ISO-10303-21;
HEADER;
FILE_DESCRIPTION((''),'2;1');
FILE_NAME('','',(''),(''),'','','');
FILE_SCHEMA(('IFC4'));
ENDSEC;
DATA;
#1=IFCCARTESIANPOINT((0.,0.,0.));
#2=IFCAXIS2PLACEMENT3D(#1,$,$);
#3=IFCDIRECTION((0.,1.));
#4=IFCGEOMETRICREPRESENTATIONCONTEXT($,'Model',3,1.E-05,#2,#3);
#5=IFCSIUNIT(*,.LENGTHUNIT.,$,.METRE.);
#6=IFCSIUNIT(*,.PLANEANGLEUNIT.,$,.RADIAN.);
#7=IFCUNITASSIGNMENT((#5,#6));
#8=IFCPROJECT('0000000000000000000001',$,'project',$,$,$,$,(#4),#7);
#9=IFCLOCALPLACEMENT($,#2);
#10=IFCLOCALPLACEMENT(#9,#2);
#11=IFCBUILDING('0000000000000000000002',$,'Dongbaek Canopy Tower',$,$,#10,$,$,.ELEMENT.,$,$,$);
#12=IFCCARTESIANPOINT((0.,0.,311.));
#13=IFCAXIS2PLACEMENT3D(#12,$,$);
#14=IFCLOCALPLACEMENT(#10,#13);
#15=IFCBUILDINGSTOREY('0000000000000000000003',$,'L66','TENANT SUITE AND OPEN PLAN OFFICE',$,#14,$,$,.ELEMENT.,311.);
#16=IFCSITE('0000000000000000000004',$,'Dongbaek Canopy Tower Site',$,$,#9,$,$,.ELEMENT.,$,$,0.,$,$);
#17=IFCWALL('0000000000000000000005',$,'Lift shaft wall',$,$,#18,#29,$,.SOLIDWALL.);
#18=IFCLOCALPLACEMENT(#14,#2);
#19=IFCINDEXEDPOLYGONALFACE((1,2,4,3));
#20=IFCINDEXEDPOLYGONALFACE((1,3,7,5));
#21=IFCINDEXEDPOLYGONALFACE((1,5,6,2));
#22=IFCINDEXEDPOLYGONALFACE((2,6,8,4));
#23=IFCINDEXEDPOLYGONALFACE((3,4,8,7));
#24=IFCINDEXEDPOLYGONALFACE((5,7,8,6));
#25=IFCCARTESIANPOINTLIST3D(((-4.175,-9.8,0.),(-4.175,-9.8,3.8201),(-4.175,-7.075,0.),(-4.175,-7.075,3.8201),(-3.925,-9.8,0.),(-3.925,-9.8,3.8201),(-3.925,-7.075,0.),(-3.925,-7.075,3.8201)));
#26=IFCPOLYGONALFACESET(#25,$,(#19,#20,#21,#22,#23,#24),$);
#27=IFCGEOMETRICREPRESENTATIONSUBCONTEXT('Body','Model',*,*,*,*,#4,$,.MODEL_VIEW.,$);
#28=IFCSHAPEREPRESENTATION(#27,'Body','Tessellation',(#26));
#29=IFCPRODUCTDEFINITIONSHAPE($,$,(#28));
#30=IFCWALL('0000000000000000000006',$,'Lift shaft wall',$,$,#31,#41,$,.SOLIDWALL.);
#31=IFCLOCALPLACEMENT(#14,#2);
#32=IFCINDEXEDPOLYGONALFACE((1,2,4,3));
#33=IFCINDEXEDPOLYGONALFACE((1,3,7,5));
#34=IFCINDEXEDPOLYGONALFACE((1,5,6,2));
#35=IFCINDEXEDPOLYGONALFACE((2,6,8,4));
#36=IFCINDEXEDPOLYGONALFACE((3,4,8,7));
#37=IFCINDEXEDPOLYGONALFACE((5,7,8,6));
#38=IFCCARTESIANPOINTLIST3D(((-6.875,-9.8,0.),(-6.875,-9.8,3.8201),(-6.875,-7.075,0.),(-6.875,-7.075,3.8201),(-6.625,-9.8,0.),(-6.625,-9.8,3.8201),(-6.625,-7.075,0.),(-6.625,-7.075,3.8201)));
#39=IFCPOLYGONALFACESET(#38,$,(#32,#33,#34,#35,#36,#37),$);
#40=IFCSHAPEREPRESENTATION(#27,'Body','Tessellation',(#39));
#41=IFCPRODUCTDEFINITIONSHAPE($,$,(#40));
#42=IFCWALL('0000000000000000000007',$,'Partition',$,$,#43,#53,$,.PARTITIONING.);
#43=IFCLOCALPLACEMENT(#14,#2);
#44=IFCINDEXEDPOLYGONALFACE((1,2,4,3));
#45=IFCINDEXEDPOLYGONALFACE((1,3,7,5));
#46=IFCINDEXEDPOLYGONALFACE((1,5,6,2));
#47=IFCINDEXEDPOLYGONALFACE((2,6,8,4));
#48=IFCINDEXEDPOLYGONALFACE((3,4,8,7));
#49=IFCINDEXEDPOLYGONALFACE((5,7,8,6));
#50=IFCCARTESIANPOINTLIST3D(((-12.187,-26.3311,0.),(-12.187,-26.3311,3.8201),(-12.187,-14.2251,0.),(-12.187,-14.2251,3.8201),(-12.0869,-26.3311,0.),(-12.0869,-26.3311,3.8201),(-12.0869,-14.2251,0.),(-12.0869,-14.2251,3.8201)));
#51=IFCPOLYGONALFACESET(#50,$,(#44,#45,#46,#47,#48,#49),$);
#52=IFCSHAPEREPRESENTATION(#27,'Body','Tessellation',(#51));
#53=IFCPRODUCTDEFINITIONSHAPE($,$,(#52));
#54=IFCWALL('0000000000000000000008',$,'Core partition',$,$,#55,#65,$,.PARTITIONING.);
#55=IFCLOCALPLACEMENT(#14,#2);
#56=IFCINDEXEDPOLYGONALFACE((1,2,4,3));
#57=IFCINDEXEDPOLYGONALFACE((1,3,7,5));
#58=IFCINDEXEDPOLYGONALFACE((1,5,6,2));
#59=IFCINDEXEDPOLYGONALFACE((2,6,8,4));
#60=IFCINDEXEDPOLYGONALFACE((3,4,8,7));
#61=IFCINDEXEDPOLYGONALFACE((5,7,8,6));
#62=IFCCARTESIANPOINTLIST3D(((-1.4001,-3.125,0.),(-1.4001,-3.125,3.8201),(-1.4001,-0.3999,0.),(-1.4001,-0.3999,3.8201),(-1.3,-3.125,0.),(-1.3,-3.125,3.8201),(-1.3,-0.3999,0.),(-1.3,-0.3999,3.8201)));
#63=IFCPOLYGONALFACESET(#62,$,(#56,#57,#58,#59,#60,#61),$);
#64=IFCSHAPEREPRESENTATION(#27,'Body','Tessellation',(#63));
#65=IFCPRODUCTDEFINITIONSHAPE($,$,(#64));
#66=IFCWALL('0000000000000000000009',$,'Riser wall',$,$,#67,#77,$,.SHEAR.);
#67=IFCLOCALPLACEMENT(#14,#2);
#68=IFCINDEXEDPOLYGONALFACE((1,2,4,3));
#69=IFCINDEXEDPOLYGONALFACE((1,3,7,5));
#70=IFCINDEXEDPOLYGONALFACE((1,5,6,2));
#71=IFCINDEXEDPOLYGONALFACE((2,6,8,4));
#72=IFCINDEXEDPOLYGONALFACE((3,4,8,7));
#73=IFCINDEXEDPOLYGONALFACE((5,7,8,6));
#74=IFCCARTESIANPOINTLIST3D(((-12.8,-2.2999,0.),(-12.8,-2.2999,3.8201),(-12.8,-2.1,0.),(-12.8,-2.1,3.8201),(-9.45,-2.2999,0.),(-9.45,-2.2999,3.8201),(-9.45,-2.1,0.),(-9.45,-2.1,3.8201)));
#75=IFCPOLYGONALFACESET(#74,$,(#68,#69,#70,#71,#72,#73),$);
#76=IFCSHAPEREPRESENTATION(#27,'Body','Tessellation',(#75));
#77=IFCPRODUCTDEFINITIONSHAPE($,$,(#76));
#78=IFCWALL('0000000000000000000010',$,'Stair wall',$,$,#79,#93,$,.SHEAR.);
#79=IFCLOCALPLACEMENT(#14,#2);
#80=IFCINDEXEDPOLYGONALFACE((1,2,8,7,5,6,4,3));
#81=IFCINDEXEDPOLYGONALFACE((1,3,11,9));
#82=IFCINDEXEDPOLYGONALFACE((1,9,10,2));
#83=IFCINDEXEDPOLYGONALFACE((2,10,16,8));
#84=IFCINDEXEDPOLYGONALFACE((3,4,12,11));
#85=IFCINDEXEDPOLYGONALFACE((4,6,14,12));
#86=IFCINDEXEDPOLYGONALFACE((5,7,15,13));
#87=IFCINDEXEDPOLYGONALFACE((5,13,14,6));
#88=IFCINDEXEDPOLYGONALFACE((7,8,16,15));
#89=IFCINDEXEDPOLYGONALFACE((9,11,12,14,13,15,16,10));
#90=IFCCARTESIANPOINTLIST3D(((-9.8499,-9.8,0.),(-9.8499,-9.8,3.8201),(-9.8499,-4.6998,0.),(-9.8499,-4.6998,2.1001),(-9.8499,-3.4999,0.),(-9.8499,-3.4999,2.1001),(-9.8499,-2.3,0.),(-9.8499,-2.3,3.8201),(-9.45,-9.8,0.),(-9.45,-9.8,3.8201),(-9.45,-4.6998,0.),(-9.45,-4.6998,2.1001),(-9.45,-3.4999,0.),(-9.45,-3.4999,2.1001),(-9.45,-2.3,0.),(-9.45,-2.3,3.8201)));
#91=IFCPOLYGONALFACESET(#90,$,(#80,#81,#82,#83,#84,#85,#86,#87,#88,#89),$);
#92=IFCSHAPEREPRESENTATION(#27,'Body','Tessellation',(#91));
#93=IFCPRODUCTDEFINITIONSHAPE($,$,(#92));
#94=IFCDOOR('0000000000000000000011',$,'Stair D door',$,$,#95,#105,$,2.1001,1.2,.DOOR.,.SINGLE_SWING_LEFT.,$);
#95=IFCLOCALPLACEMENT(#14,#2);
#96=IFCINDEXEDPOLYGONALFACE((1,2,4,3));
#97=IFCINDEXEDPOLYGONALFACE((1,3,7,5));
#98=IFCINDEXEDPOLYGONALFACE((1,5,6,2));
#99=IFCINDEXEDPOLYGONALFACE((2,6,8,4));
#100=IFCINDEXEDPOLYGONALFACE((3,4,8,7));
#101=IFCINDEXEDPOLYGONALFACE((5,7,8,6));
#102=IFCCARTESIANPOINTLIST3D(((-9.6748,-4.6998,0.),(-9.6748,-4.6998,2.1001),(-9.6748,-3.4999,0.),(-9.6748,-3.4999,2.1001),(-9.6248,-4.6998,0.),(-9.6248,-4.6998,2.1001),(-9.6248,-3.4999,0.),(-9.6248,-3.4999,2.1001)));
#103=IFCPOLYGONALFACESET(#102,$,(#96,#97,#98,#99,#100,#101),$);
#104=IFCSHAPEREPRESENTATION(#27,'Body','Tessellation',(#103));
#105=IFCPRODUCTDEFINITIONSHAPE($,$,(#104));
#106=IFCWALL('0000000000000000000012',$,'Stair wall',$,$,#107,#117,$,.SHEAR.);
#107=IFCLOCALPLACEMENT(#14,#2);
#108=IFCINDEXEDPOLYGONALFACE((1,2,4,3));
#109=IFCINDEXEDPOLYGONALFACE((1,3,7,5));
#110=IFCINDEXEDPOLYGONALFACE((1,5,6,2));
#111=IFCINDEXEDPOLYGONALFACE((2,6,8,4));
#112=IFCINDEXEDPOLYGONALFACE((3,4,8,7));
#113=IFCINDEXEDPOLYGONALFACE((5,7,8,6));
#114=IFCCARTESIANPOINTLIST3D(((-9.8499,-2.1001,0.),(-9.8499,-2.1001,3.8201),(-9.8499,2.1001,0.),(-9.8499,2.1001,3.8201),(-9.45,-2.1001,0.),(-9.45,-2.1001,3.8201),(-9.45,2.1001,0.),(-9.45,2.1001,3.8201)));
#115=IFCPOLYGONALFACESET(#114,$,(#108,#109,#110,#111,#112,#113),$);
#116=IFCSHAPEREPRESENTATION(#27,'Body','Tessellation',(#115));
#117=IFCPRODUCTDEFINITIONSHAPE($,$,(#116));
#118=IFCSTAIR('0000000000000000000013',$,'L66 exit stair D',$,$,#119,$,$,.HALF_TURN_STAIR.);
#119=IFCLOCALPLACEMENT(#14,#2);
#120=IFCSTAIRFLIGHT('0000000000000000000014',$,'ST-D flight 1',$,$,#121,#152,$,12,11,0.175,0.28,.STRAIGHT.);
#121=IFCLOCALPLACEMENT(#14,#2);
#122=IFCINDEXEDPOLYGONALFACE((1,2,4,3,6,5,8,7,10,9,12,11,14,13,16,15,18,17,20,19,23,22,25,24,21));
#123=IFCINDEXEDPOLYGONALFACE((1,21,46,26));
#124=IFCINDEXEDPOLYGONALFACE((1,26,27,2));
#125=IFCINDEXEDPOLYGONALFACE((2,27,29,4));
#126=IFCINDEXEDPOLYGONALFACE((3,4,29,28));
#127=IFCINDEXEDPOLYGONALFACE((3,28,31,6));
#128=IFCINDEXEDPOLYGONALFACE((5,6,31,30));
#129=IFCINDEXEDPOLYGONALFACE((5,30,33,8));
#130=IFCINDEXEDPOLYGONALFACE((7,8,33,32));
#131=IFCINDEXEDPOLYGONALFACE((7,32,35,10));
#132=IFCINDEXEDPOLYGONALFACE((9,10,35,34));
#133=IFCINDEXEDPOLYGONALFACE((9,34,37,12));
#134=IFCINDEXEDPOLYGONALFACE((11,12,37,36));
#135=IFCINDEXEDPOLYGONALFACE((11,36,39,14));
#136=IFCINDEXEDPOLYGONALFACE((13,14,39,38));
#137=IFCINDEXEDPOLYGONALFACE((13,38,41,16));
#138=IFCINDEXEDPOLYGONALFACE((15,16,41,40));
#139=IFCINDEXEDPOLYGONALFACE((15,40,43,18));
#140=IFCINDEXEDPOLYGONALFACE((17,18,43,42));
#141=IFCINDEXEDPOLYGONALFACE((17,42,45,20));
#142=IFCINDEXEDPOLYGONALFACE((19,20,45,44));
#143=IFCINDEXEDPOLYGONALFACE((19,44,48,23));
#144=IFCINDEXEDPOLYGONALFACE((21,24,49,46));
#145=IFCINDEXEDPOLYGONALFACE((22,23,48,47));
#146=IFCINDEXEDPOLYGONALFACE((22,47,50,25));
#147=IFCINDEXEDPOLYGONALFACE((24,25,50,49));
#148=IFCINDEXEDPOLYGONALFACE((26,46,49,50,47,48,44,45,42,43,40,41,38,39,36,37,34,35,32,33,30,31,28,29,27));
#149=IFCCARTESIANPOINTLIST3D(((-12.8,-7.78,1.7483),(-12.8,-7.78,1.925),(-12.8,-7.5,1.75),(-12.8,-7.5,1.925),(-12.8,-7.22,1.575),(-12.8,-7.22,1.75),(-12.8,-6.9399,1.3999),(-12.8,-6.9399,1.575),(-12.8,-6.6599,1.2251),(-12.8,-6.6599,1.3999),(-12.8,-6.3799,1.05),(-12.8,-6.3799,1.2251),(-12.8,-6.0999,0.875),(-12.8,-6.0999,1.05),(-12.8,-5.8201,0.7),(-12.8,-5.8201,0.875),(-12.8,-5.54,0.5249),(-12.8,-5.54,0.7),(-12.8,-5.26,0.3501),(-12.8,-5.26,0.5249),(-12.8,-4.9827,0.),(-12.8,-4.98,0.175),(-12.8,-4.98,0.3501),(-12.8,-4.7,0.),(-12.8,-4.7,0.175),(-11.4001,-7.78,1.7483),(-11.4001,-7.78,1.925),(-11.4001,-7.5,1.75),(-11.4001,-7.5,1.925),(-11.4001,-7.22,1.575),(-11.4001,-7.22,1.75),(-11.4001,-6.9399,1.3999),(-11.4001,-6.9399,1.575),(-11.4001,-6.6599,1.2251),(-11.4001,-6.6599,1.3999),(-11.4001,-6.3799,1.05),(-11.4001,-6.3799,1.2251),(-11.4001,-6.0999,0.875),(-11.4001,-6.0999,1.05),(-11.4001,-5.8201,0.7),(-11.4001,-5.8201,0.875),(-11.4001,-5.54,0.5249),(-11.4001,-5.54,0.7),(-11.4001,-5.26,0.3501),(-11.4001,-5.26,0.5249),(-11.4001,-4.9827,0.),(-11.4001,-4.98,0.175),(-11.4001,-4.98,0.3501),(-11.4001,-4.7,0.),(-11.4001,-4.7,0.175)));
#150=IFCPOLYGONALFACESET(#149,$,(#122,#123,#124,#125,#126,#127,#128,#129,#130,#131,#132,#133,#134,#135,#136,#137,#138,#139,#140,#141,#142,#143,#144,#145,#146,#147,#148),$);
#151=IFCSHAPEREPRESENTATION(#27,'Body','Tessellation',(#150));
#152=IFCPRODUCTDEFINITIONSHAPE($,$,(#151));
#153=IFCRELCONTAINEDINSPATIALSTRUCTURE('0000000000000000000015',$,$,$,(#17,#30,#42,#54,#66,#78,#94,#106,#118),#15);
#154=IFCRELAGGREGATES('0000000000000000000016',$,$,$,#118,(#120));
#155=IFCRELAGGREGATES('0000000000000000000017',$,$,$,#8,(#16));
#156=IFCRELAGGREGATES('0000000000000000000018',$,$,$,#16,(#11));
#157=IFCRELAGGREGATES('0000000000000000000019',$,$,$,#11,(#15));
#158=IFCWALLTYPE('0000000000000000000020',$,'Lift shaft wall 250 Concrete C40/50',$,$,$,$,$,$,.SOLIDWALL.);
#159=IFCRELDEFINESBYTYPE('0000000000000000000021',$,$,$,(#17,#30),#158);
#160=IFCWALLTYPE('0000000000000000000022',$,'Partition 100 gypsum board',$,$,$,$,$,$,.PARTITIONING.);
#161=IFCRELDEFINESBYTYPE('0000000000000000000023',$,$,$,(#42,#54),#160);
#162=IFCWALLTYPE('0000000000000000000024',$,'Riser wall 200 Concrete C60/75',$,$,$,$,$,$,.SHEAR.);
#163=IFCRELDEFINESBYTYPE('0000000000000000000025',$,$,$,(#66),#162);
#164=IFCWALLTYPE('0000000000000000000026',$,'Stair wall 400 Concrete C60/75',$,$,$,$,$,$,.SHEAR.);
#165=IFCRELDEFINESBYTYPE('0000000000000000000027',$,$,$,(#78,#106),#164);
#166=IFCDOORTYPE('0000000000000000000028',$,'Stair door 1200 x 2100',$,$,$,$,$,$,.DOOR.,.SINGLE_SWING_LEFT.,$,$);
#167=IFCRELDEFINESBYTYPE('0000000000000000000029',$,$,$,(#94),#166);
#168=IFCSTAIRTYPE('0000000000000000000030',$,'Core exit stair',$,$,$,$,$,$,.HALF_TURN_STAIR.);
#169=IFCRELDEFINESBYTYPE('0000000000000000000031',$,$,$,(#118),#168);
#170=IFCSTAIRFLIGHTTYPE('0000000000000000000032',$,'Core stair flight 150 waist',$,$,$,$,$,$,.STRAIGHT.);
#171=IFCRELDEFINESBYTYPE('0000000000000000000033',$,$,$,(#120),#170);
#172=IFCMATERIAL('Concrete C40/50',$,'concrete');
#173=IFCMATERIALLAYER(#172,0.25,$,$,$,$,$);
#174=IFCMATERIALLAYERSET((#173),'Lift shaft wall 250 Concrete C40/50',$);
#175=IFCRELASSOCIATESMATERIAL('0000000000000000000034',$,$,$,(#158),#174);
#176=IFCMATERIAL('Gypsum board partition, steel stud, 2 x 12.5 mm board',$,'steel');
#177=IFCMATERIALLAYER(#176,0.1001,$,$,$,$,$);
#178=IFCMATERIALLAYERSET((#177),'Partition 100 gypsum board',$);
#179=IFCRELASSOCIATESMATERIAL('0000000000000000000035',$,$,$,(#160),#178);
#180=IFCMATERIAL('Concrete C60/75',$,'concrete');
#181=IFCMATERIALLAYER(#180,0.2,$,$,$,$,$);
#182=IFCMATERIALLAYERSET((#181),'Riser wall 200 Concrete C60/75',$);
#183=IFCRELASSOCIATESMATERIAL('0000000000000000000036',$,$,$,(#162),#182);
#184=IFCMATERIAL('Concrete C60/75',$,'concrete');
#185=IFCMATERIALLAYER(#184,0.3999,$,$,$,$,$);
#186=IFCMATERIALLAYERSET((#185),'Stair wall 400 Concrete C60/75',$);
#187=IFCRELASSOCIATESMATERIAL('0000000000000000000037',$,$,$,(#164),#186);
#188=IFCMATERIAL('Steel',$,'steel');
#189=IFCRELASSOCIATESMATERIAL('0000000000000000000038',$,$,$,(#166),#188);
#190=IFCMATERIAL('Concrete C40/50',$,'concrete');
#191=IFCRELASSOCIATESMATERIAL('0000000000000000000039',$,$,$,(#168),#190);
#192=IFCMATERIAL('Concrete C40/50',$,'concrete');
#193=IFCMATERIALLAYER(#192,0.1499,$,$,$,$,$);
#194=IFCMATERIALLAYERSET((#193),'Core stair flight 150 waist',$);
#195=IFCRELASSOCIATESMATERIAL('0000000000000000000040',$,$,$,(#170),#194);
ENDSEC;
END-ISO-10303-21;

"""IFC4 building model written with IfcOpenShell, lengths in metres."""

from ifc_helpers import new_model, si_unit, direction, frame, frame_2d, origin, place, context, subcontext, project, spatial, polyline, rectangle, outline, extrude, material, layer, layer_set, type_object, element, fill, aggregate, save


model = new_model("IFC4")

# Units and contexts
model_context = context("Model", 3, precision=1e-05, world=origin(), true_north=direction((0.0, 1.0)))
body_context = subcontext(model_context, "Body", "Model", "MODEL_VIEW")
ifc_project = project(units=[si_unit("LENGTHUNIT", "METRE"), si_unit("PLANEANGLEUNIT", "RADIAN")], contexts=[model_context])

# Site, building, storey
site_placement = place(None, origin())
site = spatial("IfcSite", under=ifc_project, at=site_placement, Name="Dongbaek Canopy Tower Site", CompositionType="ELEMENT", RefElevation=0.0)
building_placement = place(site_placement, origin())
building = spatial("IfcBuilding", under=site, at=building_placement, Name="Dongbaek Canopy Tower", CompositionType="ELEMENT")
storey_placement = place(building_placement, frame((0.0, 0.0, 311.0)))
storey = spatial("IfcBuildingStorey", under=building, at=storey_placement, Name="L66", Description="TENANT SUITE AND OPEN PLAN OFFICE", CompositionType="ELEMENT", Elevation=311.0)

# Walls
ifc_material_1 = material(Name="Concrete C40/50", Category="concrete")
ifc_layer_1 = layer(ifc_material_1, 0.25)
ifc_layer_set_1 = layer_set([ifc_layer_1], Name="Lift shaft wall 250 Concrete C40/50")
wall_type_1 = type_object("IfcWallType", Name="Lift shaft wall 250 Concrete C40/50", PredefinedType="SOLIDWALL", material=ifc_layer_set_1)
for number, where, z_axis, x_axis, name in (
    (1, (-4.05, -9.8, 0.0), (0.0, 0.0, 1.0), (0.0, 1.0, 0.0), "Lift shaft wall"),
    (2, (-6.75, -9.8, 0.0), (0.0, 0.0, 1.0), (0.0, 1.0, 0.0), "Lift shaft wall"),
):
    element("IfcWall", number, at=place(storey_placement, frame(where, z_axis=z_axis, x_axis=x_axis)), inside=storey, type_object=wall_type_1, Name=name, PredefinedType="SOLIDWALL", context=body_context, shape_type="SweptSolid", body=[
        extrude(rectangle(XDim=2.7251, YDim=0.25, at=frame_2d((1.3625, 0.0))), origin(), (0.0, 0.0, 1.0), 3.8201),
    ])
ifc_material_2 = material(Name="Gypsum board partition, steel stud, 2 x 12.5 mm board", Category="steel")
ifc_layer_2 = layer(ifc_material_2, 0.1001)
ifc_layer_set_2 = layer_set([ifc_layer_2], Name="Partition 100 gypsum board")
wall_type_2 = type_object("IfcWallType", Name="Partition 100 gypsum board", PredefinedType="PARTITIONING", material=ifc_layer_set_2)
wall_1_placement = place(storey_placement, frame((-12.137, -26.3311, 0.0), z_axis=(0.0, 0.0, 1.0), x_axis=(0.0, 1.0, 0.0)))
element("IfcWall", 3, at=wall_1_placement, inside=storey, type_object=wall_type_2, Name="Partition", PredefinedType="PARTITIONING", context=body_context, shape_type="SweptSolid", body=[
    extrude(rectangle(XDim=12.106, YDim=0.1001, at=frame_2d((6.053, 0.0))), origin(), (0.0, 0.0, 1.0), 3.8201),
])
wall_2_placement = place(storey_placement, frame((-1.3501, -3.125, 0.0), z_axis=(0.0, 0.0, 1.0), x_axis=(0.0, 1.0, 0.0)))
element("IfcWall", 4, at=wall_2_placement, inside=storey, type_object=wall_type_2, Name="Core partition", PredefinedType="PARTITIONING", context=body_context, shape_type="SweptSolid", body=[
    extrude(rectangle(XDim=2.7251, YDim=0.1001, at=frame_2d((1.3625, 0.0))), origin(), (0.0, 0.0, 1.0), 3.8201),
])
ifc_material_3 = material(Name="Concrete C60/75", Category="concrete")
ifc_layer_3 = layer(ifc_material_3, 0.2)
ifc_layer_set_3 = layer_set([ifc_layer_3], Name="Riser wall 200 Concrete C60/75")
wall_type_3 = type_object("IfcWallType", Name="Riser wall 200 Concrete C60/75", PredefinedType="SHEAR", material=ifc_layer_set_3)
wall_3_placement = place(storey_placement, frame((-9.45, -2.2, 0.0), z_axis=(0.0, 0.0, 1.0), x_axis=(-1.0, 0.0, 0.0)))
element("IfcWall", 5, at=wall_3_placement, inside=storey, type_object=wall_type_3, Name="Riser wall", PredefinedType="SHEAR", context=body_context, shape_type="SweptSolid", body=[
    extrude(rectangle(XDim=3.3501, YDim=0.2, at=frame_2d((1.675, 0.0))), origin(), (0.0, 0.0, 1.0), 3.8201),
])

# Wall, opening, door
ifc_material_4 = material(Name="Concrete C60/75", Category="concrete")
ifc_layer_4 = layer(ifc_material_4, 0.3999)
ifc_layer_set_4 = layer_set([ifc_layer_4], Name="Stair wall 400 Concrete C60/75")
wall_type_4 = type_object("IfcWallType", Name="Stair wall 400 Concrete C60/75", PredefinedType="SHEAR", material=ifc_layer_set_4)
wall_4_placement = place(storey_placement, frame((-9.6499, -9.8, 0.0), z_axis=(0.0, 0.0, 1.0), x_axis=(0.0, 1.0, 0.0)))
wall_4 = element("IfcWall", 6, at=wall_4_placement, inside=storey, type_object=wall_type_4, Name="Stair wall", PredefinedType="SHEAR", context=body_context, shape_type="SweptSolid", body=[
    extrude(rectangle(XDim=7.5, YDim=0.3999, at=frame_2d((3.75, 0.0))), origin(), (0.0, 0.0, 1.0), 3.8201),
])
opening_1_placement = place(wall_4_placement, frame((5.1001, 0.0, 0.0)))
opening_1 = element("IfcOpeningElement", 7, at=opening_1_placement, cuts=wall_4, PredefinedType="OPENING", context=body_context, shape_type="SweptSolid", body=[
    extrude(rectangle(XDim=1.2, YDim=2.1001, at=frame_2d((0.6001, 1.05))), frame((0.0, 0.21, 0.0), z_axis=(0.0, -1.0, 0.0), x_axis=(1.0, 0.0, 0.0)), (0.0, 0.0, 1.0), 0.4199),
])
ifc_material_5 = material(Name="Steel", Category="steel")
door_type_1 = type_object("IfcDoorType", Name="Stair door 1200 x 2100", OperationType="SINGLE_SWING_LEFT", PredefinedType="DOOR", material=ifc_material_5)
door_1_placement = place(opening_1_placement, origin())
door_1 = element("IfcDoor", 8, at=door_1_placement, inside=storey, type_object=door_type_1, Name="Stair D door", OperationType="SINGLE_SWING_LEFT", OverallHeight=2.1001, OverallWidth=1.2, PredefinedType="DOOR", context=body_context, shape_type="SweptSolid", body=[
    extrude(rectangle(XDim=1.2, YDim=2.1001, at=frame_2d((0.6001, 1.05))), frame((0.0, 0.0249, 0.0), z_axis=(0.0, -1.0, 0.0), x_axis=(1.0, 0.0, 0.0)), (0.0, 0.0, 1.0), 0.05),
])
fill(opening_1, door_1)

# Wall
wall_5_placement = place(storey_placement, frame((-9.6499, -2.1001, 0.0), z_axis=(0.0, 0.0, 1.0), x_axis=(0.0, 1.0, 0.0)))
element("IfcWall", 9, at=wall_5_placement, inside=storey, type_object=wall_type_4, Name="Stair wall", PredefinedType="SHEAR", context=body_context, shape_type="SweptSolid", body=[
    extrude(rectangle(XDim=4.2002, YDim=0.3999, at=frame_2d((2.1001, 0.0))), origin(), (0.0, 0.0, 1.0), 3.8201),
])

# Stair, stair flight
ifc_material_6 = material(Name="Concrete C40/50", Category="concrete")
stair_type = type_object("IfcStairType", Name="Core exit stair", PredefinedType="HALF_TURN_STAIR", material=ifc_material_6)
stair_placement = place(storey_placement, origin())
stair = element("IfcStair", 10, at=stair_placement, inside=storey, type_object=stair_type, Name="L66 exit stair D", PredefinedType="HALF_TURN_STAIR")
ifc_material_7 = material(Name="Concrete C40/50", Category="concrete")
ifc_layer_5 = layer(ifc_material_7, 0.1499)
ifc_layer_set_5 = layer_set([ifc_layer_5], Name="Core stair flight 150 waist")
stair_flight_type = type_object("IfcStairFlightType", Name="Core stair flight 150 waist", PredefinedType="STRAIGHT", material=ifc_layer_set_5)
stair_flight_1_placement = place(storey_placement, frame((-12.1001, -4.7, 0.0), z_axis=(0.0, 0.0, 1.0), x_axis=(0.0, -1.0, 0.0)))
stair_flight_1 = element("IfcStairFlight", 11, at=stair_flight_1_placement, type_object=stair_flight_type, Name="ST-D flight 1", NumberOfRisers=12, NumberOfTreads=11, PredefinedType="STRAIGHT", RiserHeight=0.175, TreadLength=0.28, context=body_context, shape_type="SweptSolid", body=[
    extrude(outline(polyline([(0.0, 0.0), (0.0, 0.175), (0.28, 0.175), (0.28, 0.3501), (0.5601, 0.3501), (0.5601, 0.5249), (0.8401, 0.5249), (0.8401, 0.7), (1.1201, 0.7), (1.1201, 0.875), (1.3999, 0.875), (1.3999, 1.05), (1.6799, 1.05), (1.6799, 1.2251), (1.96, 1.2251), (1.96, 1.3999), (2.24, 1.3999), (2.24, 1.575), (2.52, 1.575), (2.52, 1.75), (2.8, 1.75), (2.8, 1.925), (3.0801, 1.925), (3.0801, 2.1001), (3.0801, 1.7483), (0.2827, 0.0), (0.0, 0.0)])), frame((0.0, 0.7, 0.0), z_axis=(0.0, -1.0, 0.0), x_axis=(1.0, 0.0, 0.0)), (0.0, 0.0, 1.0), 1.3999),
])
aggregate(stair, [stair_flight_1])

save(model, "model.ifc")
